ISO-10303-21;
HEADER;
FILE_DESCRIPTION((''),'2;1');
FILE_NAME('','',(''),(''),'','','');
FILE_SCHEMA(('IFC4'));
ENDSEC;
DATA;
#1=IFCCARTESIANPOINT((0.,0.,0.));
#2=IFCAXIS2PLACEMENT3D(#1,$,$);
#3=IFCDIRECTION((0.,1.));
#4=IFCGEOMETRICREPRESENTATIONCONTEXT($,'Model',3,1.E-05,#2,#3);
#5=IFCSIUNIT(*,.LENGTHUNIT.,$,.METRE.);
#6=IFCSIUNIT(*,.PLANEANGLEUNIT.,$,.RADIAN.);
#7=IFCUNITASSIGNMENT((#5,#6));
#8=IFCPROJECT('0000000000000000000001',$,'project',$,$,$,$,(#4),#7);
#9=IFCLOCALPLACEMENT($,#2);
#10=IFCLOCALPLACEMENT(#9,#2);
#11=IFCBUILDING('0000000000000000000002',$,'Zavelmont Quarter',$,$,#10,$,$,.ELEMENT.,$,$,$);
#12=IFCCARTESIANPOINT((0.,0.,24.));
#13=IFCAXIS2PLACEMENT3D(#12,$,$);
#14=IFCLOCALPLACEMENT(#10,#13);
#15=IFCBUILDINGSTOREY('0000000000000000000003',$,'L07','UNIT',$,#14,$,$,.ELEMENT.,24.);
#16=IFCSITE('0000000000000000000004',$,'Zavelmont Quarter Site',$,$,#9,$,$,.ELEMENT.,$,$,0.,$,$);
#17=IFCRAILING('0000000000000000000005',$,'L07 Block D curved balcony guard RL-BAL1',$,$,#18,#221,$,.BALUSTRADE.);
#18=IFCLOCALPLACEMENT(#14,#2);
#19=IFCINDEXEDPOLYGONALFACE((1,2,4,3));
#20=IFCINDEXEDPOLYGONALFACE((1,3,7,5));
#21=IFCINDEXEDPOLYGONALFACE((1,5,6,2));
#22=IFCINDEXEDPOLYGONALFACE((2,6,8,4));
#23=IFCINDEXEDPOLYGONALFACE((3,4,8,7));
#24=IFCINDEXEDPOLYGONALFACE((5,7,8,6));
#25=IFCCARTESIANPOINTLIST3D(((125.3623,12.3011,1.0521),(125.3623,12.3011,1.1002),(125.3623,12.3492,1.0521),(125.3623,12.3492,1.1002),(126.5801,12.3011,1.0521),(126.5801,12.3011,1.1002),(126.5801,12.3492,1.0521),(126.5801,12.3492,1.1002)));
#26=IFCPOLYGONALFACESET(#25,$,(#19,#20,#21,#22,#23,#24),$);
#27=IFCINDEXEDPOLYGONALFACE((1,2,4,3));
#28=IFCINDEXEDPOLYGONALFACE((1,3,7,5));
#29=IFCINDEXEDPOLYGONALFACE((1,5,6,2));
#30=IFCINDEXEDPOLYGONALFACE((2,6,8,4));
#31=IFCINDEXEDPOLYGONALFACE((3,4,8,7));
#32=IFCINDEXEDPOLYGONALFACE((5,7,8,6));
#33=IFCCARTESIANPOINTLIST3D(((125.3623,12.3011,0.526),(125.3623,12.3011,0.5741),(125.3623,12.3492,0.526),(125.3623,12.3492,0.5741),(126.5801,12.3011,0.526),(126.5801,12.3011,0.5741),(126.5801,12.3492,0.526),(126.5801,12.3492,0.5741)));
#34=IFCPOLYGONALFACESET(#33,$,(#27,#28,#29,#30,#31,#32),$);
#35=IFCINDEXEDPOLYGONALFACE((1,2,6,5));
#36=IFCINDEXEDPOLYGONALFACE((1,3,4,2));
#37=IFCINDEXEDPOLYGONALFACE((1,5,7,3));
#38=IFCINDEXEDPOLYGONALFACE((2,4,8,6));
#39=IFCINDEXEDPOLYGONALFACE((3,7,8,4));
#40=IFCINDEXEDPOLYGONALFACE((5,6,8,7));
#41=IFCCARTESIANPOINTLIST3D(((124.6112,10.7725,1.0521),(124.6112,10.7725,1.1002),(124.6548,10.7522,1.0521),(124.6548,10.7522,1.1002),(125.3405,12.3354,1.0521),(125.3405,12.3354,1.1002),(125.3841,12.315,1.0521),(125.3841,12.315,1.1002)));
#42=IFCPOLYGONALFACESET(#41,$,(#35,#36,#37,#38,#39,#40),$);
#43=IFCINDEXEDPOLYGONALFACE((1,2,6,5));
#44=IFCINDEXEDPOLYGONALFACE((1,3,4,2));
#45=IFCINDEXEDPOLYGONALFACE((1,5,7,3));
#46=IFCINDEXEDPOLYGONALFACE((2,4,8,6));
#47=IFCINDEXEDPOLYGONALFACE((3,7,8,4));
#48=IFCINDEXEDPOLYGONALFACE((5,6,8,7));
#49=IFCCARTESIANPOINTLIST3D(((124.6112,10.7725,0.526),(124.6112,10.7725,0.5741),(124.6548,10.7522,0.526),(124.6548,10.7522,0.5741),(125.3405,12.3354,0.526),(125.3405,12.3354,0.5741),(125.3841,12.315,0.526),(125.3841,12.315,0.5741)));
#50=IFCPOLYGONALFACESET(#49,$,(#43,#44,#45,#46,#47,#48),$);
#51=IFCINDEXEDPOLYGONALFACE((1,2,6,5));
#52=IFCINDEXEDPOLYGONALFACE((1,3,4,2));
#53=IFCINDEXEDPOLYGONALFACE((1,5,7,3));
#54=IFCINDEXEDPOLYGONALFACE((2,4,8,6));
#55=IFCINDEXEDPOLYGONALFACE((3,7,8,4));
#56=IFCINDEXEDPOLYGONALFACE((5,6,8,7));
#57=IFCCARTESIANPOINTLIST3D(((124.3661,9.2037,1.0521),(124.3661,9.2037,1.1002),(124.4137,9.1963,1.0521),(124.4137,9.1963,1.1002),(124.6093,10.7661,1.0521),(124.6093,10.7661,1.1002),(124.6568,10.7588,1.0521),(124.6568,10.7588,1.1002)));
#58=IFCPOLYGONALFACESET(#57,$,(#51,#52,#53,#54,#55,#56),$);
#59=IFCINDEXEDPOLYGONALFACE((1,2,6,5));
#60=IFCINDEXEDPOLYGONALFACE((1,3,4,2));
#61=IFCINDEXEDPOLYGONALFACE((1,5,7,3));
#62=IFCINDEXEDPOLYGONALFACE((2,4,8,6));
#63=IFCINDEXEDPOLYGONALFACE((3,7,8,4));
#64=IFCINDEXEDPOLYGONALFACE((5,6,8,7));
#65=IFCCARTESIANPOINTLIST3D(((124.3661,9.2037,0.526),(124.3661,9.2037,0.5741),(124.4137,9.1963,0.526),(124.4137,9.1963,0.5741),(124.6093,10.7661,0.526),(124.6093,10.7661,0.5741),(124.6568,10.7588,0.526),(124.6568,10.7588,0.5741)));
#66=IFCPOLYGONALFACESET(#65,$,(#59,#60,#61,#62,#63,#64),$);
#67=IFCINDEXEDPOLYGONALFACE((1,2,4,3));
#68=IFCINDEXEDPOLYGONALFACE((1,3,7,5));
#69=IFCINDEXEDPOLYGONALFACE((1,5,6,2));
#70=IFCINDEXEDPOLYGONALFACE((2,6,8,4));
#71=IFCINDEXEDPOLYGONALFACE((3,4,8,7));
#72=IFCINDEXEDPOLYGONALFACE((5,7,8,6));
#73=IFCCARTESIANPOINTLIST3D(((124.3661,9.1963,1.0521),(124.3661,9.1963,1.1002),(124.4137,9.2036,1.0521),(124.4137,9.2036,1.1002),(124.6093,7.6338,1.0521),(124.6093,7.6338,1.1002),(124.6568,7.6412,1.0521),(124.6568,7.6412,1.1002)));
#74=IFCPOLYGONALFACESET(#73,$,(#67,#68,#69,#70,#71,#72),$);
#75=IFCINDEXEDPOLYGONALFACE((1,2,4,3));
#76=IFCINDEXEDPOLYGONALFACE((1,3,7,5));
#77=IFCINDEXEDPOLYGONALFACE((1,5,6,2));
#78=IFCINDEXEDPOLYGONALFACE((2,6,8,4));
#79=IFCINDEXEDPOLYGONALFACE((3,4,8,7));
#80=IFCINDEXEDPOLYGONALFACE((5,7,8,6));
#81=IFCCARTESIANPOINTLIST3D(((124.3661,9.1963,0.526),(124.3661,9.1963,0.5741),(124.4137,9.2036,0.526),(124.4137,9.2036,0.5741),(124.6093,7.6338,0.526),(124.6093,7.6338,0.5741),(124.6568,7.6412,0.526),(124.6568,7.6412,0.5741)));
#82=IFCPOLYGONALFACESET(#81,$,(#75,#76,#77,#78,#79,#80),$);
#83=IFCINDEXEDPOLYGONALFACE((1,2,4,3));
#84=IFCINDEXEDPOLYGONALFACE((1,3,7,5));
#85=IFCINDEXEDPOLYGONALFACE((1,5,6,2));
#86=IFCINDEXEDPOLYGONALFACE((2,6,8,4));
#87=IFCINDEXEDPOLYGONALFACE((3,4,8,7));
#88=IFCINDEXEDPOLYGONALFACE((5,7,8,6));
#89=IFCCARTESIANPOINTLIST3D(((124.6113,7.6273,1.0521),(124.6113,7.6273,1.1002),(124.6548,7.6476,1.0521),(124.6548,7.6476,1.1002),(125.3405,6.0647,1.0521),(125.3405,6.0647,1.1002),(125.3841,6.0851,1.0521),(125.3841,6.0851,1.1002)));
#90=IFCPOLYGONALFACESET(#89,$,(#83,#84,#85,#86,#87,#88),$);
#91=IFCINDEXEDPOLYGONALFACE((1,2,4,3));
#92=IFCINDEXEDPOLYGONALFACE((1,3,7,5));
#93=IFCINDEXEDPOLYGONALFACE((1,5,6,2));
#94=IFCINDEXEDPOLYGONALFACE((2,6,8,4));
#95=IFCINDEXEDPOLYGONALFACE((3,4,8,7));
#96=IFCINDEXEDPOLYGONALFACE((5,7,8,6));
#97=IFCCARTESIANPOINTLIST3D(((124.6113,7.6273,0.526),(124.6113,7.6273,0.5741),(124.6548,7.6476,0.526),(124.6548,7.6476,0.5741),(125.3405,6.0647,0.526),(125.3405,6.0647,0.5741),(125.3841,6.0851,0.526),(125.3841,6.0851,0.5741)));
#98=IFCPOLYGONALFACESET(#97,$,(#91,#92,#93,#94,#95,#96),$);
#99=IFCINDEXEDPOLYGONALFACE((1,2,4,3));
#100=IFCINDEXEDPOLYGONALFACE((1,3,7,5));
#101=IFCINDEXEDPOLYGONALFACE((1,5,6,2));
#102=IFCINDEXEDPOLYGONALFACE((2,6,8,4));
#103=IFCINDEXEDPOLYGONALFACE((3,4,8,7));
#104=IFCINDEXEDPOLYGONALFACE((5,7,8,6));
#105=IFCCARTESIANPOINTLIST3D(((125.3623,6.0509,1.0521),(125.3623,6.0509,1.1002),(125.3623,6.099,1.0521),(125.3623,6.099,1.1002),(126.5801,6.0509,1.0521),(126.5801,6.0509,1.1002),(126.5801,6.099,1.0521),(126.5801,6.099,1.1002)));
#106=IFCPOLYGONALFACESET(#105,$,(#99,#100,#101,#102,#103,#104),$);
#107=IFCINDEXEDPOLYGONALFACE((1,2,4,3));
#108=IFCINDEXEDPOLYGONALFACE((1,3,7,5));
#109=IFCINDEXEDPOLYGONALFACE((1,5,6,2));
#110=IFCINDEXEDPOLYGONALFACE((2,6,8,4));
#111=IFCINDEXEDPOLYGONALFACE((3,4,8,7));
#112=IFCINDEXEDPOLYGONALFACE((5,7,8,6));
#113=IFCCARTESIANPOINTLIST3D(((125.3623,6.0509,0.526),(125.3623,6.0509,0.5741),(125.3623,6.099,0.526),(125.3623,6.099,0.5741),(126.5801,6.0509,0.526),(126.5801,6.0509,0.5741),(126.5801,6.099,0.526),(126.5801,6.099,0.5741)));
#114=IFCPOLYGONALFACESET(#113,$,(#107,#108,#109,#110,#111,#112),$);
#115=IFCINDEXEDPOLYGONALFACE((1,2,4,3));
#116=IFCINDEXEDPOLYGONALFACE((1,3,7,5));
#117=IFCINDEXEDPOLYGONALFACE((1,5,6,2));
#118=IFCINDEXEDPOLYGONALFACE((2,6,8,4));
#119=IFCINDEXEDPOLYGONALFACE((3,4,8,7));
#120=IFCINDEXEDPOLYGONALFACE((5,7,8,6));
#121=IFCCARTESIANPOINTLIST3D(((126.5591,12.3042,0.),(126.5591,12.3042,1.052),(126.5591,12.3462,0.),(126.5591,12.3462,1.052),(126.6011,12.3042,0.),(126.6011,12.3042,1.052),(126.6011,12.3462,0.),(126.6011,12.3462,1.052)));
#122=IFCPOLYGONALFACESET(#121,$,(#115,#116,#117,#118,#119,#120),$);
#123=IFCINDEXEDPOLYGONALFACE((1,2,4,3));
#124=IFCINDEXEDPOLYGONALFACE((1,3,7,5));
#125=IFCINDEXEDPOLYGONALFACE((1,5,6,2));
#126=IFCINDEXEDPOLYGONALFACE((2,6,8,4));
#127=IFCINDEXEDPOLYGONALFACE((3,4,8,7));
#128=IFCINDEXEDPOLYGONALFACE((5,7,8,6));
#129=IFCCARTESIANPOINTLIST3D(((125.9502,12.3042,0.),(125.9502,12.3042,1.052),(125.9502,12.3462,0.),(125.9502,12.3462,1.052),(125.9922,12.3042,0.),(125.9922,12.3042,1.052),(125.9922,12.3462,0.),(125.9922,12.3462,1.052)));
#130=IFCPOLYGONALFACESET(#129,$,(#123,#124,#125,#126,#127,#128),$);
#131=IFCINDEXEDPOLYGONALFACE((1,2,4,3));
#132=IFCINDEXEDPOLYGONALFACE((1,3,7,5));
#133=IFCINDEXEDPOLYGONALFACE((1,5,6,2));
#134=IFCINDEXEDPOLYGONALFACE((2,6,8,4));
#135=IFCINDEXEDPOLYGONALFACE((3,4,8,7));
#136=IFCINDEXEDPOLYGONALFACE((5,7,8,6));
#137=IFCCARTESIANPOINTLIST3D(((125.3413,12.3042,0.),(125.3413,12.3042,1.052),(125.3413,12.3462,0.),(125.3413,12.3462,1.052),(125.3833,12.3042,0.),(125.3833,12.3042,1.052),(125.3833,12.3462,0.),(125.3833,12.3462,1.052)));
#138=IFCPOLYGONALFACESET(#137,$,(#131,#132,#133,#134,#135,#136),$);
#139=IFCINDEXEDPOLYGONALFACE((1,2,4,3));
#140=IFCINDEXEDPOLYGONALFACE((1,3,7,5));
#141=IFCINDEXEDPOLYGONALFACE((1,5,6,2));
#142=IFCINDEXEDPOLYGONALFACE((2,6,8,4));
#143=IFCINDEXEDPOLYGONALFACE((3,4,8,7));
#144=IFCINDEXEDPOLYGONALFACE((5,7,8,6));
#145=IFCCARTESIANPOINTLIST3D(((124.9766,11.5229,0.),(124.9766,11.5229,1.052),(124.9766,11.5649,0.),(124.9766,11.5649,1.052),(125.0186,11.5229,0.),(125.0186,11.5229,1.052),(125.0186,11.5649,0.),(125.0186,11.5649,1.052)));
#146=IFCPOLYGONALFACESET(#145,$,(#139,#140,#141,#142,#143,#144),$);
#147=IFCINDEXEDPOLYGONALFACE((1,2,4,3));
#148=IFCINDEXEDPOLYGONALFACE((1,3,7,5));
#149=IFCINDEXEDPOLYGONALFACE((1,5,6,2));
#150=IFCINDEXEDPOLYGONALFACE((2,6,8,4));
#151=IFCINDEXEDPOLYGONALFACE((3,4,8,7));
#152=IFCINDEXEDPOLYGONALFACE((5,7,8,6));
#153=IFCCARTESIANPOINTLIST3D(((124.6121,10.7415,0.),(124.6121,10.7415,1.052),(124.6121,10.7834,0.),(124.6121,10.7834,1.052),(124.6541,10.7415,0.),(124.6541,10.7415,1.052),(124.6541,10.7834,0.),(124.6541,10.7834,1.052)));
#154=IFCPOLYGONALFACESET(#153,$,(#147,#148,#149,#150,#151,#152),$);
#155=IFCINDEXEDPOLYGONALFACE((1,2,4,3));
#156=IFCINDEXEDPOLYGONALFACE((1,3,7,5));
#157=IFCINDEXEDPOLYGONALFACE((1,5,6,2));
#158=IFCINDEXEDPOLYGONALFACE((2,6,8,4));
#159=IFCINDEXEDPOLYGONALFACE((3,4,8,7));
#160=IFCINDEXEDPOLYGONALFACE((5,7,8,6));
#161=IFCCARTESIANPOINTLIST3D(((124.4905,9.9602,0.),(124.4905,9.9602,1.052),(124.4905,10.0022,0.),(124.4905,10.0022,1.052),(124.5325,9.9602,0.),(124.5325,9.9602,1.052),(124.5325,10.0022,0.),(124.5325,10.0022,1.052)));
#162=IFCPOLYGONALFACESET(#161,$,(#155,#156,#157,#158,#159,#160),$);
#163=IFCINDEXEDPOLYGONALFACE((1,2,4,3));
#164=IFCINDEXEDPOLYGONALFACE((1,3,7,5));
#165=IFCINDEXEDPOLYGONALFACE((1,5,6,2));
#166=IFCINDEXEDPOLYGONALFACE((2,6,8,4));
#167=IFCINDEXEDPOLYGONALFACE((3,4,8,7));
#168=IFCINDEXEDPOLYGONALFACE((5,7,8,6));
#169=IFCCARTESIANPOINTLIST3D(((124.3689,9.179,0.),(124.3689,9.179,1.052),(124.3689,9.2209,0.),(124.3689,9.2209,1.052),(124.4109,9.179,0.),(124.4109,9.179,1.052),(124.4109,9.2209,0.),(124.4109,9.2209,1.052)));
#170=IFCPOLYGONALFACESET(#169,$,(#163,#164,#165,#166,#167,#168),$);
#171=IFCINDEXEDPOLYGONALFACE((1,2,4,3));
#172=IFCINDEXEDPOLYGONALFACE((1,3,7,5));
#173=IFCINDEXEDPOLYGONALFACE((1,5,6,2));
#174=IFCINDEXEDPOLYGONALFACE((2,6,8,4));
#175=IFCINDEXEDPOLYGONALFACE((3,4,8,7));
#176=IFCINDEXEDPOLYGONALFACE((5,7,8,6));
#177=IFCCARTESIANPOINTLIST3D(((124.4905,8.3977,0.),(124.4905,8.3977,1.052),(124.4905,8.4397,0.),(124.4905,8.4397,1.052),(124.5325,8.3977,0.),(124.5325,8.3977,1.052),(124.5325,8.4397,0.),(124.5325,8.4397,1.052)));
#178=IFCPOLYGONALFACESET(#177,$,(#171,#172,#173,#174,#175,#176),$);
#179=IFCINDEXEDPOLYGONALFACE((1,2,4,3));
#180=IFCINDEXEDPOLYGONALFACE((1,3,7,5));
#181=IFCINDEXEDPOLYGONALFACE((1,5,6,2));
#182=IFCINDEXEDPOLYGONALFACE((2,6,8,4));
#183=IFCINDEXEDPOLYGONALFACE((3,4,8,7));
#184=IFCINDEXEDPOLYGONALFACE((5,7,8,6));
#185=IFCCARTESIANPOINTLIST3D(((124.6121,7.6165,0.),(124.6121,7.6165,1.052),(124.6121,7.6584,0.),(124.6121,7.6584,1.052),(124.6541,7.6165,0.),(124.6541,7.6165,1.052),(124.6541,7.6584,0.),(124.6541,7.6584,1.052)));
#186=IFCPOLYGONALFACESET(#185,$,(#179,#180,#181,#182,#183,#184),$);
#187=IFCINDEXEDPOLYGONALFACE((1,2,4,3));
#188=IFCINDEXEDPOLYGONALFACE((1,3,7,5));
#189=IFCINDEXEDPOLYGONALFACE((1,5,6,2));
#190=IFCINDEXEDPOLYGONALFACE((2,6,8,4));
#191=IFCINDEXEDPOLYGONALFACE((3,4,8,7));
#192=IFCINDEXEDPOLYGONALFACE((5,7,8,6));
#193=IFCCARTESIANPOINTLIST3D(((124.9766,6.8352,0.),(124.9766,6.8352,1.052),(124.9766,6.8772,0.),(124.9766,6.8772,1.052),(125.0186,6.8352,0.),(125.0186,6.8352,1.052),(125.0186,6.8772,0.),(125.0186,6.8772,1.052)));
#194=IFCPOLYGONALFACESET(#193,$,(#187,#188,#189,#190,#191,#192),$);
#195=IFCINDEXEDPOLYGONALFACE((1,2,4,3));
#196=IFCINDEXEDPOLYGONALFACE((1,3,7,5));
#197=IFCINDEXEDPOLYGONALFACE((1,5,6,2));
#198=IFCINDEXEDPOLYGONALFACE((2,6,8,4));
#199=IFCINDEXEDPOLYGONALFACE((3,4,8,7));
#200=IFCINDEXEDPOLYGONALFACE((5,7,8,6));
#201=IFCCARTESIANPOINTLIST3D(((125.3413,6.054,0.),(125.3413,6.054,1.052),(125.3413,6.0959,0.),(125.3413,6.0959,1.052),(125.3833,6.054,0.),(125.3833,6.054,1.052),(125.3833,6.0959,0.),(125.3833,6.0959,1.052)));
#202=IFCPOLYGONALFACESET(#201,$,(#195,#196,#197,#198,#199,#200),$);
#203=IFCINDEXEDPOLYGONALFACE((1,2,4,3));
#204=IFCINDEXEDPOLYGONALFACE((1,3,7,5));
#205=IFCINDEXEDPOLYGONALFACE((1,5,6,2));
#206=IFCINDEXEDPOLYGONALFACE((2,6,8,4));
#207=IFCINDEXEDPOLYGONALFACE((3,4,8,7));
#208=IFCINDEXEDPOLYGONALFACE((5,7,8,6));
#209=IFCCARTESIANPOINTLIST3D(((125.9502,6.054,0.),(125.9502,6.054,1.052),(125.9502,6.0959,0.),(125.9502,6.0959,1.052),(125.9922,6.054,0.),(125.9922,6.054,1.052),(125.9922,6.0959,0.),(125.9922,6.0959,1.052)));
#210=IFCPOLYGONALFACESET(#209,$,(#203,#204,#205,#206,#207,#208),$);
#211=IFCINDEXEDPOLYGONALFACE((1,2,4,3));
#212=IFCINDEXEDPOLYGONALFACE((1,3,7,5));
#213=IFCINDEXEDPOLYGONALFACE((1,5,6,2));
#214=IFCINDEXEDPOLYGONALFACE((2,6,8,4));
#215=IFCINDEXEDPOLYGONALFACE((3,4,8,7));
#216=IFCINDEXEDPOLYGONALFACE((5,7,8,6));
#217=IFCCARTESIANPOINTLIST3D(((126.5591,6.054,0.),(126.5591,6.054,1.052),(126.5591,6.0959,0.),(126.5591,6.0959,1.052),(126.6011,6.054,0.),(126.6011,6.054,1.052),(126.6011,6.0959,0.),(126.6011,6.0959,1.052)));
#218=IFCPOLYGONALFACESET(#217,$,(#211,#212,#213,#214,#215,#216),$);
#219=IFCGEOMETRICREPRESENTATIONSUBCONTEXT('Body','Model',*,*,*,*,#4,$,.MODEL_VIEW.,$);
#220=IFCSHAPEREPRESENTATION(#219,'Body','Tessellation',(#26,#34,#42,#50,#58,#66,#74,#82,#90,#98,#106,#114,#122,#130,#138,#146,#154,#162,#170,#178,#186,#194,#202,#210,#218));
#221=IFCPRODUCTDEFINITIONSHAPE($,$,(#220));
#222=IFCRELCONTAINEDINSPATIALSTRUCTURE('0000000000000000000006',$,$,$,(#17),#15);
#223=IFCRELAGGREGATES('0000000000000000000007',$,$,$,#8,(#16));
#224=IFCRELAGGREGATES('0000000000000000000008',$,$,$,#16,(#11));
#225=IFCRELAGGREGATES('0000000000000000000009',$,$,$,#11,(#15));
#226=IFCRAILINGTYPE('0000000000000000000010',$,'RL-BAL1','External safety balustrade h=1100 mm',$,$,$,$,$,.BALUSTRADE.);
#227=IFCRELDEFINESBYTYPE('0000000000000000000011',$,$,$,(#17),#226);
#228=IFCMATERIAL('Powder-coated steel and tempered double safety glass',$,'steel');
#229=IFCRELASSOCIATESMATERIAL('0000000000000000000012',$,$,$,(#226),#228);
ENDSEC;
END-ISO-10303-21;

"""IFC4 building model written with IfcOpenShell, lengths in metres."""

from ifc_helpers import new_model, si_unit, direction, frame, origin, origin_2d, place, context, subcontext, project, spatial, rectangle, extrude, material, type_object, element, save


model = new_model("IFC4")

# Units and contexts
model_context = context("Model", 3, precision=1e-05, world=origin(), true_north=direction((0.0, 1.0)))
body_context = subcontext(model_context, "Body", "Model", "MODEL_VIEW")
ifc_project = project(units=[si_unit("LENGTHUNIT", "METRE"), si_unit("PLANEANGLEUNIT", "RADIAN")], contexts=[model_context])

# Site, building, storey
site_placement = place(None, origin())
site = spatial("IfcSite", under=ifc_project, at=site_placement, Name="Zavelmont Quarter Site", CompositionType="ELEMENT", RefElevation=0.0)
building_placement = place(site_placement, origin())
building = spatial("IfcBuilding", under=site, at=building_placement, Name="Zavelmont Quarter", CompositionType="ELEMENT")
storey_placement = place(building_placement, frame((0.0, 0.0, 24.0)))
storey = spatial("IfcBuildingStorey", under=building, at=storey_placement, Name="L07", Description="UNIT", CompositionType="ELEMENT", Elevation=24.0)

# Railing
ifc_material_1 = material(Name="Powder-coated steel and tempered double safety glass", Category="steel")
railing_type = type_object("IfcRailingType", Name="RL-BAL1", Description="External safety balustrade h=1100 mm", PredefinedType="BALUSTRADE", material=ifc_material_1)
railing_placement = place(storey_placement, frame((126.5801, 12.3252, 0.0)))
element("IfcRailing", 1, at=railing_placement, inside=storey, type_object=railing_type, Name="L07 Block D curved balcony guard RL-BAL1", PredefinedType="BALUSTRADE", context=body_context, shape_type="SweptSolid", body=[
    extrude(rectangle(XDim=0.0481, YDim=0.0481, at=origin_2d()), frame((0.0, 0.0, 1.0762), z_axis=(-1.0, 0.0, 0.0), x_axis=(0.0, -1.0, 0.0)), (0.0, 0.0, 1.0), 1.2178),
    extrude(rectangle(XDim=0.0481, YDim=0.0481, at=origin_2d()), frame((0.0, 0.0, 0.55), z_axis=(-1.0, 0.0, 0.0), x_axis=(0.0, -1.0, 0.0)), (0.0, 0.0, 1.0), 1.2178),
    extrude(rectangle(XDim=0.0481, YDim=0.0481, at=origin_2d()), frame((-1.2178, 0.0, 1.0762), z_axis=(-0.42287, -0.90619, 0.0), x_axis=(0.90619, -0.42287, 0.0)), (0.0, 0.0, 1.0), 1.7246),
    extrude(rectangle(XDim=0.0481, YDim=0.0481, at=origin_2d()), frame((-1.2178, 0.0, 0.55), z_axis=(-0.42287, -0.90619, 0.0), x_axis=(0.90619, -0.42287, 0.0)), (0.0, 0.0, 1.0), 1.7246),
    extrude(rectangle(XDim=0.0481, YDim=0.0481, at=origin_2d()), frame((-1.947, -1.5627, 1.0762), z_axis=(-0.153774, -0.988106, 0.0), x_axis=(0.988106, -0.153774, 0.0)), (0.0, 0.0, 1.0), 1.5813),
    extrude(rectangle(XDim=0.0481, YDim=0.0481, at=origin_2d()), frame((-1.947, -1.5627, 0.55), z_axis=(-0.153774, -0.988106, 0.0), x_axis=(0.988106, -0.153774, 0.0)), (0.0, 0.0, 1.0), 1.5813),
    extrude(rectangle(XDim=0.0481, YDim=0.0481, at=origin_2d()), frame((-2.1902, -3.1252, 1.0762), z_axis=(0.153774, -0.988106, 0.0), x_axis=(0.988106, 0.153774, 0.0)), (0.0, 0.0, 1.0), 1.5813),
    extrude(rectangle(XDim=0.0481, YDim=0.0481, at=origin_2d()), frame((-2.1902, -3.1252, 0.55), z_axis=(0.153774, -0.988106, 0.0), x_axis=(0.988106, 0.153774, 0.0)), (0.0, 0.0, 1.0), 1.5813),
    extrude(rectangle(XDim=0.0481, YDim=0.0481, at=origin_2d()), frame((-1.947, -4.6877, 1.0762), z_axis=(0.422924, -0.906165, 0.0), x_axis=(0.906165, 0.422924, 0.0)), (0.0, 0.0, 1.0), 1.7244),
    extrude(rectangle(XDim=0.0481, YDim=0.0481, at=origin_2d()), frame((-1.947, -4.6877, 0.55), z_axis=(0.422924, -0.906165, 0.0), x_axis=(0.906165, 0.422924, 0.0)), (0.0, 0.0, 1.0), 1.7244),
    extrude(rectangle(XDim=0.0481, YDim=0.0481, at=origin_2d()), frame((-1.2178, -6.2502, 1.0762), z_axis=(1.0, 0.0, 0.0), x_axis=(0.0, 1.0, 0.0)), (0.0, 0.0, 1.0), 1.2178),
    extrude(rectangle(XDim=0.0481, YDim=0.0481, at=origin_2d()), frame((-1.2178, -6.2502, 0.55), z_axis=(1.0, 0.0, 0.0), x_axis=(0.0, 1.0, 0.0)), (0.0, 0.0, 1.0), 1.2178),
    extrude(rectangle(XDim=0.042, YDim=0.042, at=origin_2d()), origin(), (0.0, 0.0, 1.0), 1.052),
    extrude(rectangle(XDim=0.042, YDim=0.042, at=origin_2d()), frame((-0.6089, 0.0, 0.0)), (0.0, 0.0, 1.0), 1.052),
    extrude(rectangle(XDim=0.042, YDim=0.042, at=origin_2d()), frame((-1.2178, 0.0, 0.0)), (0.0, 0.0, 1.0), 1.052),
    extrude(rectangle(XDim=0.042, YDim=0.042, at=origin_2d()), frame((-1.5825, -0.7812, 0.0)), (0.0, 0.0, 1.0), 1.052),
    extrude(rectangle(XDim=0.042, YDim=0.042, at=origin_2d()), frame((-1.947, -1.5627, 0.0)), (0.0, 0.0, 1.0), 1.052),
    extrude(rectangle(XDim=0.042, YDim=0.042, at=origin_2d()), frame((-2.0686, -2.344, 0.0)), (0.0, 0.0, 1.0), 1.052),
    extrude(rectangle(XDim=0.042, YDim=0.042, at=origin_2d()), frame((-2.1902, -3.1252, 0.0)), (0.0, 0.0, 1.0), 1.052),
    extrude(rectangle(XDim=0.042, YDim=0.042, at=origin_2d()), frame((-2.0686, -3.9065, 0.0)), (0.0, 0.0, 1.0), 1.052),
    extrude(rectangle(XDim=0.042, YDim=0.042, at=origin_2d()), frame((-1.947, -4.6877, 0.0)), (0.0, 0.0, 1.0), 1.052),
    extrude(rectangle(XDim=0.042, YDim=0.042, at=origin_2d()), frame((-1.5825, -5.469, 0.0)), (0.0, 0.0, 1.0), 1.052),
    extrude(rectangle(XDim=0.042, YDim=0.042, at=origin_2d()), frame((-1.2178, -6.2502, 0.0)), (0.0, 0.0, 1.0), 1.052),
    extrude(rectangle(XDim=0.042, YDim=0.042, at=origin_2d()), frame((-0.6089, -6.2502, 0.0)), (0.0, 0.0, 1.0), 1.052),
    extrude(rectangle(XDim=0.042, YDim=0.042, at=origin_2d()), frame((0.0, -6.2502, 0.0)), (0.0, 0.0, 1.0), 1.052),
])

save(model, "model.ifc")
